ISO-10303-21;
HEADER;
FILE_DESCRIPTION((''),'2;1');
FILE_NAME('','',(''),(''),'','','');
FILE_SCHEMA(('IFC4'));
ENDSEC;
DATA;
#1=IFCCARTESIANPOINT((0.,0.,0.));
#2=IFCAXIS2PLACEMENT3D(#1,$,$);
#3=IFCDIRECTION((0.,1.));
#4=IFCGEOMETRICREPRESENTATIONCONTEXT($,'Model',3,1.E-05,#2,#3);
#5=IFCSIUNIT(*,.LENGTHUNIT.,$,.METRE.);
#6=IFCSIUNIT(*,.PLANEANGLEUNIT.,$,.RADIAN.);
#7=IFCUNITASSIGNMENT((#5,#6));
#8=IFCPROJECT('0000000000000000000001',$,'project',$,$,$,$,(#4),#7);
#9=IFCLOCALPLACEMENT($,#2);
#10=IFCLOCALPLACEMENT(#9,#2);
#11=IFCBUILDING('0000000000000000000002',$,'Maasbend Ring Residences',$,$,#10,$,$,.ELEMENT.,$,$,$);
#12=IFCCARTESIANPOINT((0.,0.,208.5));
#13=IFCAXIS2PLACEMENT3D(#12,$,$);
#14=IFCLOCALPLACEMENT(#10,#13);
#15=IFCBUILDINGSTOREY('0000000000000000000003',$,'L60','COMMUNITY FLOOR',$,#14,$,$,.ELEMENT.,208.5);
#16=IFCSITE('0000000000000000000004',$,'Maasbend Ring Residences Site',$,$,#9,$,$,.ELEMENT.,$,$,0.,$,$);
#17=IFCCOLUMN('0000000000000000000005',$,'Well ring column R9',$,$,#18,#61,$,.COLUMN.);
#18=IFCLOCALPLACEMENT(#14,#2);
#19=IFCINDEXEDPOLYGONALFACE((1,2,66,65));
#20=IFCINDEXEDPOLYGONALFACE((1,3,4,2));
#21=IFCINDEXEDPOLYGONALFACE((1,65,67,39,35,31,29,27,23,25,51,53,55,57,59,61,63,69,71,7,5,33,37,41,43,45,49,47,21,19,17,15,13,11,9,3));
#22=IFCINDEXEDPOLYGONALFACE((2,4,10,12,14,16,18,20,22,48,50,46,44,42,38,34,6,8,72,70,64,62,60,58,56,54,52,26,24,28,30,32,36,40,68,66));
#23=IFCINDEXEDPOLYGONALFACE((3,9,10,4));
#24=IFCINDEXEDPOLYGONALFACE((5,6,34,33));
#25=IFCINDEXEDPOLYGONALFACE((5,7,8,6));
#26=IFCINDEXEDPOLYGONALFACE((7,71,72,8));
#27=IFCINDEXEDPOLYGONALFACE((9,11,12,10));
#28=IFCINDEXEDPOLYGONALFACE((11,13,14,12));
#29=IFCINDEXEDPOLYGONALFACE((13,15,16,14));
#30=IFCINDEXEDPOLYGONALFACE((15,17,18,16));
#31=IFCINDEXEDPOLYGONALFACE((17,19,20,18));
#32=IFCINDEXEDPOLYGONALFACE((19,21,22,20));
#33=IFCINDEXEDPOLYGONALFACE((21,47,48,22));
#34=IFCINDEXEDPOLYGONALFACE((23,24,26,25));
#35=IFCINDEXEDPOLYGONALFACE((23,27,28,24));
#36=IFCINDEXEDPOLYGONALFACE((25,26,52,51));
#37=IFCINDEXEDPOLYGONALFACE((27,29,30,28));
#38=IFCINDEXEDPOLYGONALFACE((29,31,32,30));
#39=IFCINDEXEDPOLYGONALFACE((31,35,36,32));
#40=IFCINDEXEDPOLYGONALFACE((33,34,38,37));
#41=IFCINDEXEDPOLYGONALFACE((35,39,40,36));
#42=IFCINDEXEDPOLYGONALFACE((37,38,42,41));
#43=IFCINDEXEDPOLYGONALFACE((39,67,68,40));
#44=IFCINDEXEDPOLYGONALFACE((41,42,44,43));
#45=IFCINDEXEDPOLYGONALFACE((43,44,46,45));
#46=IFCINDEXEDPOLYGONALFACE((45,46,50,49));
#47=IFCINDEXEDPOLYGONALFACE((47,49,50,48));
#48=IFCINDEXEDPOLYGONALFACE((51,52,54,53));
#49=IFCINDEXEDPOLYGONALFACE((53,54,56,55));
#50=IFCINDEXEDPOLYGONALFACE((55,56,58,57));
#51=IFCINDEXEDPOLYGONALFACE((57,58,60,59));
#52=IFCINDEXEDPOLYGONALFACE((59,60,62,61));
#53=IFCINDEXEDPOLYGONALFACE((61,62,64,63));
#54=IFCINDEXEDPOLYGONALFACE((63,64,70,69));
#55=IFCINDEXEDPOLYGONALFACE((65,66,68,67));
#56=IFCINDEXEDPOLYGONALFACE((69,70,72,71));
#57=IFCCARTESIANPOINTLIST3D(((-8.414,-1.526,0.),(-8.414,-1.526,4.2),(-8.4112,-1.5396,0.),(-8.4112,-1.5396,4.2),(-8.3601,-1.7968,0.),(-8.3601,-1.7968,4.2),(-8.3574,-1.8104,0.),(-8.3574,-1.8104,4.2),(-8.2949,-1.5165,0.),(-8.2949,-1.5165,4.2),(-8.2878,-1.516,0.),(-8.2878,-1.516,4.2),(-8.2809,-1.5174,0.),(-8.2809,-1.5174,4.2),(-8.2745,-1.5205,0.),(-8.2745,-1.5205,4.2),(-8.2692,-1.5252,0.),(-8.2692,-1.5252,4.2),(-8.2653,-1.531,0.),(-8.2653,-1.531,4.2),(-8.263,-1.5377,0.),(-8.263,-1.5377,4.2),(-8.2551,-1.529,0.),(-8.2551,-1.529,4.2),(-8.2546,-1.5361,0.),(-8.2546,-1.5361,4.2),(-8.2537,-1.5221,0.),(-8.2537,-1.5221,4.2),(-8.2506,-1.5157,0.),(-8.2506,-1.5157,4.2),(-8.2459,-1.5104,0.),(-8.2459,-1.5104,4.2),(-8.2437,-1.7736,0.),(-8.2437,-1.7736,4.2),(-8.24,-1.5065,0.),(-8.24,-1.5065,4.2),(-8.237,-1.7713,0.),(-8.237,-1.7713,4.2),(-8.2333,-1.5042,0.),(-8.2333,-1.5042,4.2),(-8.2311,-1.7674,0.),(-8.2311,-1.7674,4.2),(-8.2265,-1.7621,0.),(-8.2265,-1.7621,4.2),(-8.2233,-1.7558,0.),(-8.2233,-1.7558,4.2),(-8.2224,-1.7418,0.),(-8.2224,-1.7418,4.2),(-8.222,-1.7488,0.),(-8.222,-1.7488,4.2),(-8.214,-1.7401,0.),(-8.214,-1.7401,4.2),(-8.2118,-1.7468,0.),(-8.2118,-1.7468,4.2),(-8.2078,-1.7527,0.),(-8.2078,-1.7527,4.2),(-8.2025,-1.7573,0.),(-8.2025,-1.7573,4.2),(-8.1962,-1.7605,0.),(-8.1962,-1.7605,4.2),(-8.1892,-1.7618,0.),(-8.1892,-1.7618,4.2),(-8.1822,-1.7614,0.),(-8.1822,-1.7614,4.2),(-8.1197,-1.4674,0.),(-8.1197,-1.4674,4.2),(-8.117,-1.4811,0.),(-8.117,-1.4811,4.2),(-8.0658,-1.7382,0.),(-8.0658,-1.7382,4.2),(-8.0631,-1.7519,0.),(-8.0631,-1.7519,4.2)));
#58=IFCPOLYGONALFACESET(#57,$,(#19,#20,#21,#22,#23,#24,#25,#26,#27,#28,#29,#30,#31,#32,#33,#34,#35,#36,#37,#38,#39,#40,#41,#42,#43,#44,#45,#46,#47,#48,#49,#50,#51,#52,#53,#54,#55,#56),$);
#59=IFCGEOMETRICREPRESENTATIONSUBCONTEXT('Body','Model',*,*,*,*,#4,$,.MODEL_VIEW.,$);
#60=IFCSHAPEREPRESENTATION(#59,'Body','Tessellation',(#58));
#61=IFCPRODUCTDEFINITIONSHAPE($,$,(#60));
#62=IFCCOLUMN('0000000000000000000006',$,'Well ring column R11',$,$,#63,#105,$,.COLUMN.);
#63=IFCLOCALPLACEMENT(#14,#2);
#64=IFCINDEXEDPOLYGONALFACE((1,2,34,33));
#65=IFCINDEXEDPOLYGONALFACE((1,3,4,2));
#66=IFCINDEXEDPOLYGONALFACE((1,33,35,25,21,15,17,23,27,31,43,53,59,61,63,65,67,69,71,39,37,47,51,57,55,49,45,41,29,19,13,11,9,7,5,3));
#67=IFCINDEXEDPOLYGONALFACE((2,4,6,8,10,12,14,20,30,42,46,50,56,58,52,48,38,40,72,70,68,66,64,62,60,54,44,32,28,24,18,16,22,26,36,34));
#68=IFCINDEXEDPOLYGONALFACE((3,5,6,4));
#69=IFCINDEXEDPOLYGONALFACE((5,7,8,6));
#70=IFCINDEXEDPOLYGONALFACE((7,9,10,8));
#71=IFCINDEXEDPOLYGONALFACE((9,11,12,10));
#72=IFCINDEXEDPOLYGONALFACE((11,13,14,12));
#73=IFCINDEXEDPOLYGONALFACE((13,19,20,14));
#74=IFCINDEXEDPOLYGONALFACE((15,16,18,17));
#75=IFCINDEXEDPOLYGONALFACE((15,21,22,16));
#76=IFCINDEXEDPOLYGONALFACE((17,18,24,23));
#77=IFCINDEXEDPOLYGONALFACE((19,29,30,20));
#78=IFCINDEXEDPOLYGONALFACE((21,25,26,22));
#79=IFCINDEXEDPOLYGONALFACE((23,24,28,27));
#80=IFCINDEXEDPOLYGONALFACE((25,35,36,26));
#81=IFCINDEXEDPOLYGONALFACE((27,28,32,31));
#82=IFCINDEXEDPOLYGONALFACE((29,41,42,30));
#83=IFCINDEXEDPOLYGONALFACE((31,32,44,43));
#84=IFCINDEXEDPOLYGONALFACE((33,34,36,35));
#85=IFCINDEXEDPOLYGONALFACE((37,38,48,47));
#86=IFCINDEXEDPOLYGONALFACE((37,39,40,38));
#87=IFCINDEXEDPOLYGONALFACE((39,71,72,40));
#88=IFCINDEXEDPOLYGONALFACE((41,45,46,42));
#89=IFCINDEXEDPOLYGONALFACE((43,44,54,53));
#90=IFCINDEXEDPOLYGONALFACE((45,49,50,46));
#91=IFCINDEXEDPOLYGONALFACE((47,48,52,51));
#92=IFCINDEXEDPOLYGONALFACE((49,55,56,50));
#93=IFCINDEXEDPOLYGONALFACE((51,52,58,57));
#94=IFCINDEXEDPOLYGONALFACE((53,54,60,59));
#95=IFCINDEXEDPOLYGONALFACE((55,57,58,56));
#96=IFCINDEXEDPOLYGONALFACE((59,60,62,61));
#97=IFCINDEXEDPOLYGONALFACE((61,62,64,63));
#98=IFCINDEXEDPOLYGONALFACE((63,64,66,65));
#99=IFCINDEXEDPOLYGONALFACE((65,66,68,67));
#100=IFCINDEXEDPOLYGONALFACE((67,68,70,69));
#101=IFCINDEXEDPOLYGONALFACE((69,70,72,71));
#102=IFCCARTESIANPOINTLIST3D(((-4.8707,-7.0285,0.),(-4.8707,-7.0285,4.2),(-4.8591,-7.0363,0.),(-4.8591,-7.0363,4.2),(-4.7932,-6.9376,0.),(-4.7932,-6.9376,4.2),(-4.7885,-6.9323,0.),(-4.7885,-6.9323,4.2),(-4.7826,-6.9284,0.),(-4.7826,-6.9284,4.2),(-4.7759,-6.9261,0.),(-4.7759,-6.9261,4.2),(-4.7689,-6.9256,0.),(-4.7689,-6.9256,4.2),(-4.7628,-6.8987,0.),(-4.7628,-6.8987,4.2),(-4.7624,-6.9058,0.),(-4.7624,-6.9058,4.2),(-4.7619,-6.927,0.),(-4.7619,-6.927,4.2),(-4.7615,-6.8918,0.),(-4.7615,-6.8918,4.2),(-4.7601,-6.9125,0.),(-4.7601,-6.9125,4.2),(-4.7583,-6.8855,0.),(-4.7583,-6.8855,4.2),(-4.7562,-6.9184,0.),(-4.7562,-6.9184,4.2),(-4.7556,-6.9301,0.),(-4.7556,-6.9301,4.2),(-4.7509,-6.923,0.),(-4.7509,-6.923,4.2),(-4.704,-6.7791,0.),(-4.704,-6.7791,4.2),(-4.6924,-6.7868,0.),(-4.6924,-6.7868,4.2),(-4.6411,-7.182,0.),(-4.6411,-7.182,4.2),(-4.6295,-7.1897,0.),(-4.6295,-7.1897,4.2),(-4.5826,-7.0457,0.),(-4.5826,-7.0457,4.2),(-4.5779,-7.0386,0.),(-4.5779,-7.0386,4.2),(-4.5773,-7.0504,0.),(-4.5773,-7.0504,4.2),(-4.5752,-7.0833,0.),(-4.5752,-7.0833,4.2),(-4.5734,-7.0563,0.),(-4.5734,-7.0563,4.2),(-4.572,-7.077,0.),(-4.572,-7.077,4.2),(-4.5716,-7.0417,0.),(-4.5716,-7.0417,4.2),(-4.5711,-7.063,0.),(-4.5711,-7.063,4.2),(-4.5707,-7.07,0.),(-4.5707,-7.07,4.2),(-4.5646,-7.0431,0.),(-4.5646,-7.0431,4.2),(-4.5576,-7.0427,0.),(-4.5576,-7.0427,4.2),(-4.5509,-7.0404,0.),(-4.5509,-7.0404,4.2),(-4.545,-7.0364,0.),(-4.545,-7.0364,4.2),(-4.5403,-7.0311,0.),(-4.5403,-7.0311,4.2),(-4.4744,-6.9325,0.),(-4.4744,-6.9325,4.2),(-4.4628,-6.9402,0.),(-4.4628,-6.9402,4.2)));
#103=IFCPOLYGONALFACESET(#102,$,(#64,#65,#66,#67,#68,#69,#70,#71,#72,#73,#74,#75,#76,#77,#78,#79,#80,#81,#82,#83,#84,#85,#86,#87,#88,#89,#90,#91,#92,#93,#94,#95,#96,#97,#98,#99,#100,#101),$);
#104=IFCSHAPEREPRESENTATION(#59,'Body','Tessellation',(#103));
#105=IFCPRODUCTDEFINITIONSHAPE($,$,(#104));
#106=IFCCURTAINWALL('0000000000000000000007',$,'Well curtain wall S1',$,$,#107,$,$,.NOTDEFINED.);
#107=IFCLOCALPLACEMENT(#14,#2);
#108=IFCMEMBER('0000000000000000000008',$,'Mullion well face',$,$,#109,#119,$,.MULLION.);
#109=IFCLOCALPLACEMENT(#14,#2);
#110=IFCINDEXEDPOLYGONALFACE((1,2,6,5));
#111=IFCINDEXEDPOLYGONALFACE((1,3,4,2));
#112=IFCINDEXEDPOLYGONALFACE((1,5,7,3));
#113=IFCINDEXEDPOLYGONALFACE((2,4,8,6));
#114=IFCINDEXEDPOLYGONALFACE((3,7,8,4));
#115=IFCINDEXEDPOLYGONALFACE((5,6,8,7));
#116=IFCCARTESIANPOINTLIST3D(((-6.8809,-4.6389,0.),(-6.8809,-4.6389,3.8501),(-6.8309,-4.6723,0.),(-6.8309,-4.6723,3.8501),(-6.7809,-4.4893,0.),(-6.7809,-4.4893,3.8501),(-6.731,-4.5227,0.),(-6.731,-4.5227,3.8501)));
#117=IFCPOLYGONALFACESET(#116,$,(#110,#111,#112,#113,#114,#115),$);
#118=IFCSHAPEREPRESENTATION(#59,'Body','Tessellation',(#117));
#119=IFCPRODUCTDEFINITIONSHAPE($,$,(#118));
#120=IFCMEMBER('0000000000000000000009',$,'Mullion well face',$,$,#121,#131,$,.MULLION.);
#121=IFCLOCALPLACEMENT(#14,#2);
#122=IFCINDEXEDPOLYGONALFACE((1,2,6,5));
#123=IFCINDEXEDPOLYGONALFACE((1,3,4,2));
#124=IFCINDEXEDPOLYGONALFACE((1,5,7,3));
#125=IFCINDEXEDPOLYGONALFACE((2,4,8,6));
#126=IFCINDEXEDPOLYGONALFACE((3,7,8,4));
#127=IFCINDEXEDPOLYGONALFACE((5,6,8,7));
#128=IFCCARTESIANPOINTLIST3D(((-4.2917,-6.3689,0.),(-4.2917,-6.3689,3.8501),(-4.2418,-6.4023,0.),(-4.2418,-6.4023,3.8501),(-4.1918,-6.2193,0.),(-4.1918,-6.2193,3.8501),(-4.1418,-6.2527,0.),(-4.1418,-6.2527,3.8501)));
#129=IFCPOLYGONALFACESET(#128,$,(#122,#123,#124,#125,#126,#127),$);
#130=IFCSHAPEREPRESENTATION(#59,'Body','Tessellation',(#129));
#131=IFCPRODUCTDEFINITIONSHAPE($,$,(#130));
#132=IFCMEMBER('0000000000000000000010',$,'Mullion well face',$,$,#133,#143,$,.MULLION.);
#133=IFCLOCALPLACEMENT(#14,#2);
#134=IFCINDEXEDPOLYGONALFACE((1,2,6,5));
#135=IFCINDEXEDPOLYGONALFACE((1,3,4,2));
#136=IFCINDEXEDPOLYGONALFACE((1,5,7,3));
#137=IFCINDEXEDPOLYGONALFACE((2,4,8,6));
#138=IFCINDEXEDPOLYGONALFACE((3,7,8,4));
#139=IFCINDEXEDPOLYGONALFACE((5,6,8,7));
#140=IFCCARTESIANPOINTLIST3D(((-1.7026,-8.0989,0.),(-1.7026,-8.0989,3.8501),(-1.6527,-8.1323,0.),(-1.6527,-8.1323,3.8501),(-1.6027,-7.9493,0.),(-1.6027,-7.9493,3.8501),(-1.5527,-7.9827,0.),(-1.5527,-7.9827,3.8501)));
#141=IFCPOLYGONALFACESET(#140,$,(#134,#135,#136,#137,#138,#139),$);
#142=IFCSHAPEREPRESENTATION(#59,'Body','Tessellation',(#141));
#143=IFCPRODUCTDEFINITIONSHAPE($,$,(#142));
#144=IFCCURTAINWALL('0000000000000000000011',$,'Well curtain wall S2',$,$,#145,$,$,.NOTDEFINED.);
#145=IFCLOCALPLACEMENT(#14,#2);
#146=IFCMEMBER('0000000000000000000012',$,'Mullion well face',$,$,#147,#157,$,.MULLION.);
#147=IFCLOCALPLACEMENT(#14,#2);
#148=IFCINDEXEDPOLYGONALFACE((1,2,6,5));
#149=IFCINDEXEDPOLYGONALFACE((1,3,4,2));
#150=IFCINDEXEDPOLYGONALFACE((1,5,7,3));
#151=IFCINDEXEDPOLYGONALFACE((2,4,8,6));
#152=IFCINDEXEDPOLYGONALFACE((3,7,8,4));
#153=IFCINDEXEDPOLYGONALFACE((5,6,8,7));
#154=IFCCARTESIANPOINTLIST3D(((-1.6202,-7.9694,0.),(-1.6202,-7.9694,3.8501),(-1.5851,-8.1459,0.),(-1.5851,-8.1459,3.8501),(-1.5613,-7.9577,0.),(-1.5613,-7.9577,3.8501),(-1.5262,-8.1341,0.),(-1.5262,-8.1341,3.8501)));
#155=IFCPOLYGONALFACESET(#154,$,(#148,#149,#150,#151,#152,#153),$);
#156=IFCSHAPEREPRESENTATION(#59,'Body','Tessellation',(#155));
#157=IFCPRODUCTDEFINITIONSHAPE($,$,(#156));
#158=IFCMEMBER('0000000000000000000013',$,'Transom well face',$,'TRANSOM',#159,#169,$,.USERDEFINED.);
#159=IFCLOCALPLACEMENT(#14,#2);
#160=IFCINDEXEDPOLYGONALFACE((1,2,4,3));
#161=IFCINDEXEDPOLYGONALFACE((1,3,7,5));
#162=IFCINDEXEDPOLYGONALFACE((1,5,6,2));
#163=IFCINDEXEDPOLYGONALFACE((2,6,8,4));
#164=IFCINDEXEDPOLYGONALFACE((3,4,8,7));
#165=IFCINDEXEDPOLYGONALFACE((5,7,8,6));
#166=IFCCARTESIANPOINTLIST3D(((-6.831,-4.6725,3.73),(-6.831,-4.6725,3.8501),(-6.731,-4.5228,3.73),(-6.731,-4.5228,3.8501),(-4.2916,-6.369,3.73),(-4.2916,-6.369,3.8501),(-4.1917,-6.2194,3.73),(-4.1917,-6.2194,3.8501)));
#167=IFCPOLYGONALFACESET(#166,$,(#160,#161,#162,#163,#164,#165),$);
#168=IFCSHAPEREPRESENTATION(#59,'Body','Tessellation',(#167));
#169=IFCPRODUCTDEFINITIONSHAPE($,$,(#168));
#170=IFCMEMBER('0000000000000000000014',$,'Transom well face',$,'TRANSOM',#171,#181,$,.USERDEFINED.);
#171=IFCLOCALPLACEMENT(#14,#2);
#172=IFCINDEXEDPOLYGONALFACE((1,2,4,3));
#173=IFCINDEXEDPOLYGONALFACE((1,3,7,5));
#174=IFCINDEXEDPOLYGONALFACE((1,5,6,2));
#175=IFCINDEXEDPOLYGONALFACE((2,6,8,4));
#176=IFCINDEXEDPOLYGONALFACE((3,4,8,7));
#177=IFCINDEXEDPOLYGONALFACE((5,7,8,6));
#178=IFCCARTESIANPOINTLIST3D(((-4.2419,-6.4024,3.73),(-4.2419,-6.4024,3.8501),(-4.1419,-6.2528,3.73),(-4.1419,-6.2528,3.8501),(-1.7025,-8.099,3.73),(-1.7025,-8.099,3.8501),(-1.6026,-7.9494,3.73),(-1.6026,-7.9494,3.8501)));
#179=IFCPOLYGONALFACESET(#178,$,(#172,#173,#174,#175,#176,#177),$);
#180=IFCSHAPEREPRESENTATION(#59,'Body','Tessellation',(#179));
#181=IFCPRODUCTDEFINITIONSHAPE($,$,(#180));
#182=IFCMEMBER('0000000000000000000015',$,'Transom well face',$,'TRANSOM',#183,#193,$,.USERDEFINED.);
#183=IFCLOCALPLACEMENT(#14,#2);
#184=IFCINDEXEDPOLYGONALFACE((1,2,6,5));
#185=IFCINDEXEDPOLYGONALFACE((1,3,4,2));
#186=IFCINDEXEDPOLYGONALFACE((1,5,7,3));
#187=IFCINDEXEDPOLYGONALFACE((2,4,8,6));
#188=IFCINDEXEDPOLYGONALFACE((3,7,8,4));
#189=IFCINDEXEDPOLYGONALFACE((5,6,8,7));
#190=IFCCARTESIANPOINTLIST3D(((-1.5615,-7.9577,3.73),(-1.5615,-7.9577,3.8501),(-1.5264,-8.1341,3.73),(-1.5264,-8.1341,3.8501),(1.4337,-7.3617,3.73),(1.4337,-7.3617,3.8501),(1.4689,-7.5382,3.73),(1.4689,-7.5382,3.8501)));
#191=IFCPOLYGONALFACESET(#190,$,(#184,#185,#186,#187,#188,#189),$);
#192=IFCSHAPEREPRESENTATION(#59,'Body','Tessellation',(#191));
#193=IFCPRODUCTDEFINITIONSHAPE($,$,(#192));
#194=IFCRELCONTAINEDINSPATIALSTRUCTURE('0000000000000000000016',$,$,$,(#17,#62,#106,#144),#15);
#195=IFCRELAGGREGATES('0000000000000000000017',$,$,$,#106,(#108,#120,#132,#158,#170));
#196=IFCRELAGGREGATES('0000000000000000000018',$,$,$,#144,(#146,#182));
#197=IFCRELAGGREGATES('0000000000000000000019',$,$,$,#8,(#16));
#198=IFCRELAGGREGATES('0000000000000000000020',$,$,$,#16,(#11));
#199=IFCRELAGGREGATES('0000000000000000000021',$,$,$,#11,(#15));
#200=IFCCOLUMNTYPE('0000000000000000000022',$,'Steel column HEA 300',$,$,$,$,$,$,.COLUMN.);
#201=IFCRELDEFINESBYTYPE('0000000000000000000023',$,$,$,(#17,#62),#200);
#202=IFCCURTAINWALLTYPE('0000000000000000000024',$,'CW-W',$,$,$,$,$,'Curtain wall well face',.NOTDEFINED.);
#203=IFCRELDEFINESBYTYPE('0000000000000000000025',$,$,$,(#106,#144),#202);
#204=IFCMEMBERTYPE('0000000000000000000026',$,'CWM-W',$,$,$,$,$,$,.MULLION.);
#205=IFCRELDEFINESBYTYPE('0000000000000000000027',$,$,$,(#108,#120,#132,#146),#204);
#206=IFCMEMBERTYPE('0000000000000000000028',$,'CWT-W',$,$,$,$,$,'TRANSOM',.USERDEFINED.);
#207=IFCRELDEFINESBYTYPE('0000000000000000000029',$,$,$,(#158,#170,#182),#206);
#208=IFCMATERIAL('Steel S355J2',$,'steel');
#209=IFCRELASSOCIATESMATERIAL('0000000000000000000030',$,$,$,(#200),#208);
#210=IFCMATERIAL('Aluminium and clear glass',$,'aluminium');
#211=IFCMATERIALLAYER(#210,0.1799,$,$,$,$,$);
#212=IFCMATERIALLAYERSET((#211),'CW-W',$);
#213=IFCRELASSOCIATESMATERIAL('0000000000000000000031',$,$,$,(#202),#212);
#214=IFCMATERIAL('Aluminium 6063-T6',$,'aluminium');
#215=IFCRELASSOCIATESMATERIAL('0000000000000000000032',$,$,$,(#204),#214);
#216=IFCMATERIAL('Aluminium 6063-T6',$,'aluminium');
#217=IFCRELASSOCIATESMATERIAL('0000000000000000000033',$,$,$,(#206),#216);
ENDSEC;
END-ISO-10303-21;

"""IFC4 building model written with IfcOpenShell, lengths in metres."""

from ifc_helpers import new_model, si_unit, direction, frame, origin, origin_2d, place, context, subcontext, project, spatial, rectangle, i_section, extrude, material, layer, layer_set, material_profile, profile_set, type_object, element, aggregate, save


model = new_model("IFC4")

# Units and contexts
model_context = context("Model", 3, precision=1e-05, world=origin(), true_north=direction((0.0, 1.0)))
body_context = subcontext(model_context, "Body", "Model", "MODEL_VIEW")
ifc_project = project(units=[si_unit("LENGTHUNIT", "METRE"), si_unit("PLANEANGLEUNIT", "RADIAN")], contexts=[model_context])

# Site, building, storey
site_placement = place(None, origin())
site = spatial("IfcSite", under=ifc_project, at=site_placement, Name="Maasbend Ring Residences Site", CompositionType="ELEMENT", RefElevation=0.0)
building_placement = place(site_placement, origin())
building = spatial("IfcBuilding", under=site, at=building_placement, Name="Maasbend Ring Residences", CompositionType="ELEMENT")
storey_placement = place(building_placement, frame((0.0, 0.0, 208.5)))
storey = spatial("IfcBuildingStorey", under=building, at=storey_placement, Name="L60", Description="COMMUNITY FLOOR", CompositionType="ELEMENT", Elevation=208.5)

# Columns
ifc_material_1 = material(Name="Steel S355J2", Category="steel")
ifc_material_profile_1 = material_profile(ifc_material_1, i_section(OverallWidth=0.3, OverallDepth=0.29, WebThickness=0.0085, FlangeThickness=0.0139, FilletRadius=0.0271, at=origin_2d()), Name="HEA 300")
ifc_profile_set_1 = profile_set([ifc_material_profile_1], Name="Steel S355J2")
column_type = type_object("IfcColumnType", Name="Steel column HEA 300", PredefinedType="COLUMN", material=ifc_profile_set_1)
for number, where, z_axis, x_axis, name in (
    (1, (-8.2385, -1.6389, 0.0), (0.0, 0.0, 1.0), (-0.980785, -0.19509, 0.0), "Well ring column R9"),
    (2, (-4.6667, -6.9844, 0.0), (0.0, 0.0, 1.0), (-0.55557, -0.83147, 0.0), "Well ring column R11"),
):
    element("IfcColumn", number, at=place(storey_placement, frame(where, z_axis=z_axis, x_axis=x_axis)), inside=storey, type_object=column_type, Name=name, PredefinedType="COLUMN", context=body_context, shape_type="SweptSolid", body=[
        extrude(i_section(OverallWidth=0.3, OverallDepth=0.29, WebThickness=0.0085, FlangeThickness=0.0139, FilletRadius=0.0271, at=origin_2d()), origin(), (0.0, 0.0, 1.0), 4.2),
    ])

# Curtain wall, members
ifc_material_2 = material(Name="Aluminium and clear glass", Category="aluminium")
ifc_layer_1 = layer(ifc_material_2, 0.1799)
ifc_layer_set_1 = layer_set([ifc_layer_1], Name="CW-W")
curtain_wall_type = type_object("IfcCurtainWallType", Name="CW-W", ElementType="Curtain wall well face", PredefinedType="NOTDEFINED", material=ifc_layer_set_1)
curtain_wall_1_placement = place(storey_placement, origin())
curtain_wall_1 = element("IfcCurtainWall", 3, at=curtain_wall_1_placement, inside=storey, type_object=curtain_wall_type, Name="Well curtain wall S1", PredefinedType="NOTDEFINED")
ifc_material_3 = material(Name="Aluminium 6063-T6", Category="aluminium")
ifc_material_profile_2 = material_profile(ifc_material_3, rectangle(XDim=0.1799, YDim=0.0601, at=origin_2d()), Name="AL 180x60")
ifc_profile_set_2 = profile_set([ifc_material_profile_2], Name="Aluminium 6063-T6")
member_type_1 = type_object("IfcMemberType", Name="CWM-W", PredefinedType="MULLION", material=ifc_profile_set_2)
member_1_placement = place(storey_placement, frame((-6.8059, -4.5808, 0.0), z_axis=(0.0, 0.0, 1.0), x_axis=(0.55557, 0.83147, 0.0)))
member_1 = element("IfcMember", 4, at=member_1_placement, type_object=member_type_1, Name="Mullion well face", PredefinedType="MULLION", context=body_context, shape_type="SweptSolid", body=[
    extrude(rectangle(XDim=0.1799, YDim=0.0601, at=origin_2d()), origin(), (0.0, 0.0, 1.0), 3.8501),
])
member_2_placement = place(storey_placement, frame((-4.2168, -6.3108, 0.0), z_axis=(0.0, 0.0, 1.0), x_axis=(0.55557, 0.83147, 0.0)))
member_2 = element("IfcMember", 5, at=member_2_placement, type_object=member_type_1, Name="Mullion well face", PredefinedType="MULLION", context=body_context, shape_type="SweptSolid", body=[
    extrude(rectangle(XDim=0.1799, YDim=0.0601, at=origin_2d()), origin(), (0.0, 0.0, 1.0), 3.8501),
])
member_3_placement = place(storey_placement, frame((-1.6277, -8.0408, 0.0), z_axis=(0.0, 0.0, 1.0), x_axis=(0.55557, 0.83147, 0.0)))
member_3 = element("IfcMember", 6, at=member_3_placement, type_object=member_type_1, Name="Mullion well face", PredefinedType="MULLION", context=body_context, shape_type="SweptSolid", body=[
    extrude(rectangle(XDim=0.1799, YDim=0.0601, at=origin_2d()), origin(), (0.0, 0.0, 1.0), 3.8501),
])

# Curtain wall, member
curtain_wall_2_placement = place(storey_placement, origin())
curtain_wall_2 = element("IfcCurtainWall", 7, at=curtain_wall_2_placement, inside=storey, type_object=curtain_wall_type, Name="Well curtain wall S2", PredefinedType="NOTDEFINED")
member_4_placement = place(storey_placement, frame((-1.5732, -8.0518, 0.0), z_axis=(0.0, 0.0, 1.0), x_axis=(-0.19509, 0.980785, 0.0)))
member_4 = element("IfcMember", 8, at=member_4_placement, type_object=member_type_1, Name="Mullion well face", PredefinedType="MULLION", context=body_context, shape_type="SweptSolid", body=[
    extrude(rectangle(XDim=0.1799, YDim=0.0601, at=origin_2d()), origin(), (0.0, 0.0, 1.0), 3.8501),
])

# Members
ifc_material_4 = material(Name="Aluminium 6063-T6", Category="aluminium")
ifc_material_profile_3 = material_profile(ifc_material_4, rectangle(XDim=0.1799, YDim=0.1201, at=origin_2d()), Name="AL 180x120")
ifc_profile_set_3 = profile_set([ifc_material_profile_3], Name="Aluminium 6063-T6")
member_type_2 = type_object("IfcMemberType", Name="CWT-W", ElementType="TRANSOM", PredefinedType="USERDEFINED", material=ifc_profile_set_3)
member_5_placement = place(storey_placement, frame((-6.781, -4.5977, 3.79), z_axis=(0.831496, -0.55553, 0.0), x_axis=(0.55553, 0.831496, 0.0)))
member_5 = element("IfcMember", 9, at=member_5_placement, type_object=member_type_2, Name="Transom well face", ObjectType="TRANSOM", PredefinedType="USERDEFINED", context=body_context, shape_type="SweptSolid", body=[
    extrude(rectangle(XDim=0.1799, YDim=0.1201, at=origin_2d()), origin(), (0.0, 0.0, 1.0), 3.054),
])
member_6_placement = place(storey_placement, frame((-4.1919, -6.3276, 3.79), z_axis=(0.831496, -0.55553, 0.0), x_axis=(0.55553, 0.831496, 0.0)))
member_6 = element("IfcMember", 10, at=member_6_placement, type_object=member_type_2, Name="Transom well face", ObjectType="TRANSOM", PredefinedType="USERDEFINED", context=body_context, shape_type="SweptSolid", body=[
    extrude(rectangle(XDim=0.1799, YDim=0.1201, at=origin_2d()), origin(), (0.0, 0.0, 1.0), 3.054),
])
member_7_placement = place(storey_placement, frame((-1.5439, -8.0459, 3.79), z_axis=(0.980777, 0.195132, 0.0), x_axis=(-0.195132, 0.980777, 0.0)))
member_7 = element("IfcMember", 11, at=member_7_placement, type_object=member_type_2, Name="Transom well face", ObjectType="TRANSOM", PredefinedType="USERDEFINED", context=body_context, shape_type="SweptSolid", body=[
    extrude(rectangle(XDim=0.1799, YDim=0.1201, at=origin_2d()), origin(), (0.0, 0.0, 1.0), 3.054),
])

aggregate(curtain_wall_1, [member_1, member_2, member_3, member_5, member_6])
aggregate(curtain_wall_2, [member_4, member_7])

save(model, "model.ifc")
